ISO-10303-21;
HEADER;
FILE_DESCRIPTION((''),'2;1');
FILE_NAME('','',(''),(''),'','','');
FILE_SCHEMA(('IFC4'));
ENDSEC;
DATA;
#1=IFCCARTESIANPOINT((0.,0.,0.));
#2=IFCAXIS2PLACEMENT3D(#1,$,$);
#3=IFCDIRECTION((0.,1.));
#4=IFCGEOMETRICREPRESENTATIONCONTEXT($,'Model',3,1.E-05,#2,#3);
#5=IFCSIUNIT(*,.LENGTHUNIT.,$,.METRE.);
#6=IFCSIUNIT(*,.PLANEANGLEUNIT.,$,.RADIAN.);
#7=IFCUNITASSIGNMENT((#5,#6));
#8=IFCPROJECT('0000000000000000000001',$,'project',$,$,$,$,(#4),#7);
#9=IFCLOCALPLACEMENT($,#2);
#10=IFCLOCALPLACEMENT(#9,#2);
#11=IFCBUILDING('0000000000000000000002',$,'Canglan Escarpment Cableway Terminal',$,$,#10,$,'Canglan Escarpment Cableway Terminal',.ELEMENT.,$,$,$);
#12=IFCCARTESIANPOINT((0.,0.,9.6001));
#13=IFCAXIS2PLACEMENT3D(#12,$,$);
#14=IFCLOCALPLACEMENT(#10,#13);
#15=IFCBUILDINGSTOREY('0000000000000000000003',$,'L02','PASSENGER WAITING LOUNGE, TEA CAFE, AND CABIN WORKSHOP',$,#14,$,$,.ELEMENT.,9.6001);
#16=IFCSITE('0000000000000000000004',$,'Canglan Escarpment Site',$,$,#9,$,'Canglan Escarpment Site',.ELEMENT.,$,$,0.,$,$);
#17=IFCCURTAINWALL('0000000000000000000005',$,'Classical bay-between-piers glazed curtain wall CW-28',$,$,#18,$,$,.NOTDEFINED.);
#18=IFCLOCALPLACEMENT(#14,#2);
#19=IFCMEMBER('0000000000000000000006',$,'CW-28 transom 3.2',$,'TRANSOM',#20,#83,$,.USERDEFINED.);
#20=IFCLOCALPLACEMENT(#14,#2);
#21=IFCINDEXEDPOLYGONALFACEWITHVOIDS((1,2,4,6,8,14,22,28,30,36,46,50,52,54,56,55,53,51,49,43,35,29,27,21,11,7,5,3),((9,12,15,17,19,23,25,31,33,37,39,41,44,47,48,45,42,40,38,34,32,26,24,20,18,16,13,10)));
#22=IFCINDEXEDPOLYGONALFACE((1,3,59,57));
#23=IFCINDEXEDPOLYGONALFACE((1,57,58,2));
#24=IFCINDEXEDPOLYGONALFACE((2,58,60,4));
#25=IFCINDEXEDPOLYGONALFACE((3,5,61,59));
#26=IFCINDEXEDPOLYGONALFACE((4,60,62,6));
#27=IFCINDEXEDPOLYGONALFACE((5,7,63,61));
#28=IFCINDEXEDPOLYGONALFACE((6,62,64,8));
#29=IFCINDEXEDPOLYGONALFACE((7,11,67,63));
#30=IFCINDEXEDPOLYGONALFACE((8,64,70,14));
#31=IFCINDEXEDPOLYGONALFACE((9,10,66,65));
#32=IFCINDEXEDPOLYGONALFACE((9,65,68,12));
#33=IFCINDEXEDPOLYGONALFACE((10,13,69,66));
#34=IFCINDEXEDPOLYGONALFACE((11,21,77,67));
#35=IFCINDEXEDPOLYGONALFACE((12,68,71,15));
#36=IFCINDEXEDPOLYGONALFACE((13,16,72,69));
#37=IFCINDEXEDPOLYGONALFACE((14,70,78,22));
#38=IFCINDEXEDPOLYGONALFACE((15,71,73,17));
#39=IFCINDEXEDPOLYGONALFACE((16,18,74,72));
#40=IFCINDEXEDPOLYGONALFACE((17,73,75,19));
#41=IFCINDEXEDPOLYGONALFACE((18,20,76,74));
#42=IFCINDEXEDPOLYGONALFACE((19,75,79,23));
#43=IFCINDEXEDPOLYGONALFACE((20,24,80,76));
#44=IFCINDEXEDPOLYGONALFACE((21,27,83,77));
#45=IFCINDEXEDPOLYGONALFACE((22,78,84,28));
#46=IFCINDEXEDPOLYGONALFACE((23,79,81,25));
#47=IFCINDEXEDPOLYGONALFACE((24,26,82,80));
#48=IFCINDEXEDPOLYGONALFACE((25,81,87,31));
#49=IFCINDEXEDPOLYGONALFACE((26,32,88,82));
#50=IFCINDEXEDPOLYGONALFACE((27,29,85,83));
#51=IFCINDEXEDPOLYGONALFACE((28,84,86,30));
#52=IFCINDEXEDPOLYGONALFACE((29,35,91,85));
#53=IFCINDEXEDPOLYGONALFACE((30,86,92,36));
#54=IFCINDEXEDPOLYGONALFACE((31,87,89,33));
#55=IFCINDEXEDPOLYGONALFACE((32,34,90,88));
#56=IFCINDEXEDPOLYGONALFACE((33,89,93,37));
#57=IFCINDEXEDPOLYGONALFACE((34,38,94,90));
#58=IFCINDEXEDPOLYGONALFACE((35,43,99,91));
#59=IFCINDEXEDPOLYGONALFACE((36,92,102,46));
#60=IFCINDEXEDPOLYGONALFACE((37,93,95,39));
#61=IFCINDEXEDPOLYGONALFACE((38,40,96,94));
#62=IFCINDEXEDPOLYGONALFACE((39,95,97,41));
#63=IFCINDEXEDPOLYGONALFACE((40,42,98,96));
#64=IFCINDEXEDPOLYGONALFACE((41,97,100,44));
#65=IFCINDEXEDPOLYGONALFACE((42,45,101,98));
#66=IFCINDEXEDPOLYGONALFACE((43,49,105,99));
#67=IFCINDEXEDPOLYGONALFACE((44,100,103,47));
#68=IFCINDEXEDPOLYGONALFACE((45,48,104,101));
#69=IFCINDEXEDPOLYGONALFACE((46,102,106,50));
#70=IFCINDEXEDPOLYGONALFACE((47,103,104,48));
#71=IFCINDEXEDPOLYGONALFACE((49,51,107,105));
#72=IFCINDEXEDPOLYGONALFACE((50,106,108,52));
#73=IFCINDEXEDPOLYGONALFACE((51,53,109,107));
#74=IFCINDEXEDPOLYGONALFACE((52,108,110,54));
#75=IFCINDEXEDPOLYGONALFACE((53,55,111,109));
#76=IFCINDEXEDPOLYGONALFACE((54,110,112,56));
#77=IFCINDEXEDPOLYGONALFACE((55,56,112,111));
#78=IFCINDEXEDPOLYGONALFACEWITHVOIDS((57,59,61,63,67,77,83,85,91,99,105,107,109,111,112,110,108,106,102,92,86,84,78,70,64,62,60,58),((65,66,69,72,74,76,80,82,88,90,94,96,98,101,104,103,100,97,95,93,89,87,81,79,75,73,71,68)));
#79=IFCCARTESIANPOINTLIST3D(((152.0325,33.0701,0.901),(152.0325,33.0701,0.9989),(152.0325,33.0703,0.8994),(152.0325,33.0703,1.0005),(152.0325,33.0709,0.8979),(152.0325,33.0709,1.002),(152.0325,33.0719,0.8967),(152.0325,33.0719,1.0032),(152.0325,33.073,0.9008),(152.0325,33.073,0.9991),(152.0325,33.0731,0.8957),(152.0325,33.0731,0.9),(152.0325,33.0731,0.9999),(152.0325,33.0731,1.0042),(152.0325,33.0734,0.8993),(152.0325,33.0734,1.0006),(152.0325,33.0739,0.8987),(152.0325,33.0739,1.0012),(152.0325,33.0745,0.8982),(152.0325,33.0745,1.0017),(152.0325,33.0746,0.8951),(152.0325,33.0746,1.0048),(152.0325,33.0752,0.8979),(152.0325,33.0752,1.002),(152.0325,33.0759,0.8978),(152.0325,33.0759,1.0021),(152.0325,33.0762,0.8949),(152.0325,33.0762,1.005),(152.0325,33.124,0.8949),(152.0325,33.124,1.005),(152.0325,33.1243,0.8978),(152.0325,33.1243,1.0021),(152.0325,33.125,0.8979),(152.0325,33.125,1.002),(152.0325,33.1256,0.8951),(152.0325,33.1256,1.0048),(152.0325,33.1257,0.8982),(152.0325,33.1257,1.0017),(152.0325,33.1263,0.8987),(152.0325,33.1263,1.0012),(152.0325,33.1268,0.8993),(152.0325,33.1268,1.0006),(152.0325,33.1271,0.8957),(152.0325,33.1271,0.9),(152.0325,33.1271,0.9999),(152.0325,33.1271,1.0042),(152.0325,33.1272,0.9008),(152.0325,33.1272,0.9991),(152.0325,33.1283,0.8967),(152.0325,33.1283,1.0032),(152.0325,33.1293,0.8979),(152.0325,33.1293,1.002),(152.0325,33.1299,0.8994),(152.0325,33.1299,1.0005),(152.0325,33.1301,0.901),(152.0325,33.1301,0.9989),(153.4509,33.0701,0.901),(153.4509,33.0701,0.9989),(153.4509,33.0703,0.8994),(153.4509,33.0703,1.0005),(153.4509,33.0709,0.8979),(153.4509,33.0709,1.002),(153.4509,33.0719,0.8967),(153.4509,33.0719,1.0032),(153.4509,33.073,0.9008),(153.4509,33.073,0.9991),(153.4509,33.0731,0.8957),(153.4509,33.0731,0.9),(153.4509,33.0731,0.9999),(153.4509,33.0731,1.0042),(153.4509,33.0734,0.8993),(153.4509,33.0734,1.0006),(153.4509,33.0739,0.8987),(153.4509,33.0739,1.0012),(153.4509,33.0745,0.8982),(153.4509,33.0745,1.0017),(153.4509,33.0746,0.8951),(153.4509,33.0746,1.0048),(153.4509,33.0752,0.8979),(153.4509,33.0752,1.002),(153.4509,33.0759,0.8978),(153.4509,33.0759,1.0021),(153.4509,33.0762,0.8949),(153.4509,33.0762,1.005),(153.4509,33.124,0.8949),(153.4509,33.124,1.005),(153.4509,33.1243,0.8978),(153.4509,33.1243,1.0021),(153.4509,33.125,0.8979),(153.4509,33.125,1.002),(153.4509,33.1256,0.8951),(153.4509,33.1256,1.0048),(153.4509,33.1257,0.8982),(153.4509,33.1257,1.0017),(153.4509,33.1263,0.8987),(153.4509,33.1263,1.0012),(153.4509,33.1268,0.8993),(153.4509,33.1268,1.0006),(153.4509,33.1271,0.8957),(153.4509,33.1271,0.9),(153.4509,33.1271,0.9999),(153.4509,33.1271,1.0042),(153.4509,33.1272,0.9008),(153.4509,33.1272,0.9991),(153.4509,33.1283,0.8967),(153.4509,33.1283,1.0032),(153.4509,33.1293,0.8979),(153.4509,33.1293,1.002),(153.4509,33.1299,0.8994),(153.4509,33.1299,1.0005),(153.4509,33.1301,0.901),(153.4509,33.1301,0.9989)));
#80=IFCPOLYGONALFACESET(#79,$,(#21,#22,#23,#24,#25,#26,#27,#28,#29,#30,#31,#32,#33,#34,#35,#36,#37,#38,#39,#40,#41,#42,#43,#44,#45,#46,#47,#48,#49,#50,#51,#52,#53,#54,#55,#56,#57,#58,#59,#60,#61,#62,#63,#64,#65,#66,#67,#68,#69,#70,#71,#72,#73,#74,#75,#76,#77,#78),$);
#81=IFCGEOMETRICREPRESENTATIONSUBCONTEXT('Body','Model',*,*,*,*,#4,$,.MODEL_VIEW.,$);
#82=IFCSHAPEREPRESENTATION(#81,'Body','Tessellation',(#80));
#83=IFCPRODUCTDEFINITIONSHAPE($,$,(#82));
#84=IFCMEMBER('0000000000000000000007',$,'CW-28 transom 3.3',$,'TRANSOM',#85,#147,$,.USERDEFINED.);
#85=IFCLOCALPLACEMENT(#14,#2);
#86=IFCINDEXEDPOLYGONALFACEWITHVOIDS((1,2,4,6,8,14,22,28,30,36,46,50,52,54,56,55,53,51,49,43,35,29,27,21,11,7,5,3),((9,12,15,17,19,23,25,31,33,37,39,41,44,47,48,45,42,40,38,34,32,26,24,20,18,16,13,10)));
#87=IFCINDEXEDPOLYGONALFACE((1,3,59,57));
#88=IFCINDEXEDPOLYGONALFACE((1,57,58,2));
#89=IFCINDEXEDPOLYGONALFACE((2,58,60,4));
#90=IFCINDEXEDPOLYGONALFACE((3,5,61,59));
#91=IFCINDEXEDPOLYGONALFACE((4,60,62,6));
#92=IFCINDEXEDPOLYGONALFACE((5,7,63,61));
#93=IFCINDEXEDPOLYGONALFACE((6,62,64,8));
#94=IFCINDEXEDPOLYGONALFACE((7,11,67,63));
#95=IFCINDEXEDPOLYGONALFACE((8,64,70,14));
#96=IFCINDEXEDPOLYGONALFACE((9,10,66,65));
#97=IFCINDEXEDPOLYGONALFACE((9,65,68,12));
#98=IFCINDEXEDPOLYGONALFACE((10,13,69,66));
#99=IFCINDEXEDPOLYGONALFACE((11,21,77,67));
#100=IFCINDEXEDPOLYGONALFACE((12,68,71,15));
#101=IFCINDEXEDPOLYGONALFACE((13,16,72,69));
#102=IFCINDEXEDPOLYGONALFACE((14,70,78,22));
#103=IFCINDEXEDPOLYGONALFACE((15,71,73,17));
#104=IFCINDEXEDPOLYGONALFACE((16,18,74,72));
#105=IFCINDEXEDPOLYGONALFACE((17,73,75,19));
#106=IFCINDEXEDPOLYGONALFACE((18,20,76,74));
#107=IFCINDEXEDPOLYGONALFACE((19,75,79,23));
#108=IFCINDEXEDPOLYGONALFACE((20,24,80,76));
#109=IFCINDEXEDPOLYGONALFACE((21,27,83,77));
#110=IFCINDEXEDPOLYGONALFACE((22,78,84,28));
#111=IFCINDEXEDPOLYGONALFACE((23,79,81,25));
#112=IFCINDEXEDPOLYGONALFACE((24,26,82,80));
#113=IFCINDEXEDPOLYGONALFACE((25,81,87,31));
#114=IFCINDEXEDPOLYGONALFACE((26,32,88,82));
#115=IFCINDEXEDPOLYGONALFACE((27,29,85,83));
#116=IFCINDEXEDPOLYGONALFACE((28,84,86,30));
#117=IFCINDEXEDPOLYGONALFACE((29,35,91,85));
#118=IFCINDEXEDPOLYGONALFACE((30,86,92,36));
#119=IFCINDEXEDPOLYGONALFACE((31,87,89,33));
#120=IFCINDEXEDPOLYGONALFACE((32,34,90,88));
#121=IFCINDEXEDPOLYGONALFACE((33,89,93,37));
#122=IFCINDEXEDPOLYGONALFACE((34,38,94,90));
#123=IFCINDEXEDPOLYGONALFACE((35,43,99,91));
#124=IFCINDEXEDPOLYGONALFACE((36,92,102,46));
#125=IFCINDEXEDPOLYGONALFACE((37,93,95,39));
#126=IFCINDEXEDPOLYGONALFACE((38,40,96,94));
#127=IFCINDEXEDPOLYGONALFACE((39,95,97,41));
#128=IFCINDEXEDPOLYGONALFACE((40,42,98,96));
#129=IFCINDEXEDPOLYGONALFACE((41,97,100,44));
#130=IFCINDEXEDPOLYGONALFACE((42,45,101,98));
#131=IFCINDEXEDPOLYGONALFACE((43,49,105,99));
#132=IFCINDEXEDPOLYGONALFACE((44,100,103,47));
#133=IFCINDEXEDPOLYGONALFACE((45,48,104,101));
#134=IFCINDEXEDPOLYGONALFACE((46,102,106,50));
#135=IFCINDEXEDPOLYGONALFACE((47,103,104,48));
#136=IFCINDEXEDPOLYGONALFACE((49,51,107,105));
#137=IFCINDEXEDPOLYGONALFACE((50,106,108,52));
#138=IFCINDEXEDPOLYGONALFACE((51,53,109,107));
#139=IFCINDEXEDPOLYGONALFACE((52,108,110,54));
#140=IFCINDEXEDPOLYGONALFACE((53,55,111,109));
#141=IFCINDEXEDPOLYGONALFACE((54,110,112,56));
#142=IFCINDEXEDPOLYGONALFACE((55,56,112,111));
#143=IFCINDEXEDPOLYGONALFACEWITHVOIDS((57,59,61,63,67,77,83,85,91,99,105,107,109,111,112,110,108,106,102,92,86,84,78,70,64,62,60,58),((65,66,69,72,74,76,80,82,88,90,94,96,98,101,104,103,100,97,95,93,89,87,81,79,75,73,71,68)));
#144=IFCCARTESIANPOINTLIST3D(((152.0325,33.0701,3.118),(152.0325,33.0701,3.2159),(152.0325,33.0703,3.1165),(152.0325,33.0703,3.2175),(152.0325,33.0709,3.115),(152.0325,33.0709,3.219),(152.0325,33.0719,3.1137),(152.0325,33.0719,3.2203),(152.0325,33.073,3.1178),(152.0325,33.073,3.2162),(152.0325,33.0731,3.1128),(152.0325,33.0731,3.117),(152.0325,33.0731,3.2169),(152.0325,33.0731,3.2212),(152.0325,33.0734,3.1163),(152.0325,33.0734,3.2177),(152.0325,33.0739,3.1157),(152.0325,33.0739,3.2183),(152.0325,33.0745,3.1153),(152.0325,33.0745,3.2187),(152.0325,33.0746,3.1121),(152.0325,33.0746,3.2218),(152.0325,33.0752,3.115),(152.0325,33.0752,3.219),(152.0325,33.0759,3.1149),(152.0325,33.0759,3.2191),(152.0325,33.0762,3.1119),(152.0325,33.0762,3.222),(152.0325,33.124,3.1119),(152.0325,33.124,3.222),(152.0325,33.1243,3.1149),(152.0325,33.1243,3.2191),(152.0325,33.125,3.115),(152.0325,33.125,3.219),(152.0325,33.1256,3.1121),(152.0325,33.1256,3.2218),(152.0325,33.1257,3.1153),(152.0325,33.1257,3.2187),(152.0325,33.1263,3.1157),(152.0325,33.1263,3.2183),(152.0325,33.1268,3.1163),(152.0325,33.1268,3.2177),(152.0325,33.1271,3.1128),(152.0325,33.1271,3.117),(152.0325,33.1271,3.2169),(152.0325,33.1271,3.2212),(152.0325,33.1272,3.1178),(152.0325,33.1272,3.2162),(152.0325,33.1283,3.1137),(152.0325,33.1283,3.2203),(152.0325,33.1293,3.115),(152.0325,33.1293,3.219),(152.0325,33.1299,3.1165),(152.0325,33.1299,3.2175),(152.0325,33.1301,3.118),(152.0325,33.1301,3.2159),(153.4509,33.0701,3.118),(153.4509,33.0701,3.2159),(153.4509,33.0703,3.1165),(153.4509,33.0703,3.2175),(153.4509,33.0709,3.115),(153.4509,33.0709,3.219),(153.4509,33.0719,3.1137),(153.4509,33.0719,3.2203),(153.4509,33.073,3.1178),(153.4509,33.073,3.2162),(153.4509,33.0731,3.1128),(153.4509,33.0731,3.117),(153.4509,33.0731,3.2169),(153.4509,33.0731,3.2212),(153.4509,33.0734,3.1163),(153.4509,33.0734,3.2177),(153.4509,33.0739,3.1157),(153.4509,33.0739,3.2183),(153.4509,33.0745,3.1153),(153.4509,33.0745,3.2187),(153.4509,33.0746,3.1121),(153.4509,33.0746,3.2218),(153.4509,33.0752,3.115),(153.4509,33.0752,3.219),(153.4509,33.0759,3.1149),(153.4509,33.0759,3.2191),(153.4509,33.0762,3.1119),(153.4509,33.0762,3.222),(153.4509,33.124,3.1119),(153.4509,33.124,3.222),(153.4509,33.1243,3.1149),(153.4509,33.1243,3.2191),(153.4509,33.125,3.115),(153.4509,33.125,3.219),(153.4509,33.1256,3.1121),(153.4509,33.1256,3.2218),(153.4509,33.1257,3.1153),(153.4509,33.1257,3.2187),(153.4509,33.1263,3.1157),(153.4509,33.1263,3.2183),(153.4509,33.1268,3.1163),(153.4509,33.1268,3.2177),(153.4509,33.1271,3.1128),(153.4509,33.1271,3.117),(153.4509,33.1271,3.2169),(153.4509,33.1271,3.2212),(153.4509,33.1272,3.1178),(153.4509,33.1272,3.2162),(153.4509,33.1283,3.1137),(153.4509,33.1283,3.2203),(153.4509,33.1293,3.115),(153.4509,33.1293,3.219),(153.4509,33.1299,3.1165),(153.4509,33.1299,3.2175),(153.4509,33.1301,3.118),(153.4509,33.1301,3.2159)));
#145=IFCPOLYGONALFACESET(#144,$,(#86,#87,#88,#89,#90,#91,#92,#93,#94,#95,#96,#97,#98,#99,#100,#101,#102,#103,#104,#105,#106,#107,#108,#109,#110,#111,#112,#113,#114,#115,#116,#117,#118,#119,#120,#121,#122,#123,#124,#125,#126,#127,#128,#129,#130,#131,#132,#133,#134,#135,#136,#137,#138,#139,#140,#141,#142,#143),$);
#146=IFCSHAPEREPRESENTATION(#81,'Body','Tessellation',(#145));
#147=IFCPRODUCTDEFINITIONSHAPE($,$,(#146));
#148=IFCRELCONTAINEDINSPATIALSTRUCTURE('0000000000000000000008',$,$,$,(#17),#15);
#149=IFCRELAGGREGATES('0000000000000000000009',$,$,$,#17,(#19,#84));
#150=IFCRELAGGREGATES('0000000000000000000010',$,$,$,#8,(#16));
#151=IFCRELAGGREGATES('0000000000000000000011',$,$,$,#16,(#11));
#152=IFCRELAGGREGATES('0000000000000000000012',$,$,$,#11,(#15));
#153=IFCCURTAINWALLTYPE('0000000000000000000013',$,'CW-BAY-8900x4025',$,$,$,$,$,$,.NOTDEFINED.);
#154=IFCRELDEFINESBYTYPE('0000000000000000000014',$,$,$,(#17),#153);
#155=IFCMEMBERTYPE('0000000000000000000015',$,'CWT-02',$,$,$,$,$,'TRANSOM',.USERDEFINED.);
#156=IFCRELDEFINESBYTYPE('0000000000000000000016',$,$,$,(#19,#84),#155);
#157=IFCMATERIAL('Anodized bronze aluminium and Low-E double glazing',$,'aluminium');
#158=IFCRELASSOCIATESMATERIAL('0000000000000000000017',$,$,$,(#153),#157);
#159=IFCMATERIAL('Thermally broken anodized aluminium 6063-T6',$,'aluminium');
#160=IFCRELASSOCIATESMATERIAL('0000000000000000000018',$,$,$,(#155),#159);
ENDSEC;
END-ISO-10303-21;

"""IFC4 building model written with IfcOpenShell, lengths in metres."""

from ifc_helpers import new_model, si_unit, direction, frame, origin, origin_2d, place, context, subcontext, project, spatial, hollow_rectangle, extrude, material, material_profile, profile_set, type_object, element, aggregate, save


model = new_model("IFC4")

# Units and contexts
model_context = context("Model", 3, precision=1e-05, world=origin(), true_north=direction((0.0, 1.0)))
body_context = subcontext(model_context, "Body", "Model", "MODEL_VIEW")
ifc_project = project(units=[si_unit("LENGTHUNIT", "METRE"), si_unit("PLANEANGLEUNIT", "RADIAN")], contexts=[model_context])

# Site, building, storey
site_placement = place(None, origin())
site = spatial("IfcSite", under=ifc_project, at=site_placement, Name="Canglan Escarpment Site", LongName="Canglan Escarpment Site", CompositionType="ELEMENT", RefElevation=0.0)
building_placement = place(site_placement, origin())
building = spatial("IfcBuilding", under=site, at=building_placement, Name="Canglan Escarpment Cableway Terminal", LongName="Canglan Escarpment Cableway Terminal", CompositionType="ELEMENT")
storey_placement = place(building_placement, frame((0.0, 0.0, 9.6001)))
storey = spatial("IfcBuildingStorey", under=building, at=storey_placement, Name="L02", Description="PASSENGER WAITING LOUNGE, TEA CAFE, AND CABIN WORKSHOP", CompositionType="ELEMENT", Elevation=9.6001)

# Curtain wall
ifc_material_1 = material(Name="Anodized bronze aluminium and Low-E double glazing", Category="aluminium")
curtain_wall_type = type_object("IfcCurtainWallType", Name="CW-BAY-8900x4025", PredefinedType="NOTDEFINED", material=ifc_material_1)
curtain_wall_1_placement = place(storey_placement, origin())
curtain_wall_1 = element("IfcCurtainWall", 1, at=curtain_wall_1_placement, inside=storey, type_object=curtain_wall_type, Name="Classical bay-between-piers glazed curtain wall CW-28", PredefinedType="NOTDEFINED")
ifc_material_2 = material(Name="Thermally broken anodized aluminium 6063-T6", Category="aluminium")

# Members
ifc_material_profile_1 = material_profile(ifc_material_2, hollow_rectangle(XDim=0.0601, YDim=0.1101, WallThickness=0.0029, InnerFilletRadius=0.0029, OuterFilletRadius=0.0061, at=origin_2d()), Name="ALU-TRAN 60x110x3")
ifc_profile_set_1 = profile_set([ifc_material_profile_1], Name="Thermally broken anodized aluminium 6063-T6")
member_type_1 = type_object("IfcMemberType", Name="CWT-02", ElementType="TRANSOM", PredefinedType="USERDEFINED", material=ifc_profile_set_1)
member_1_placement = place(storey_placement, frame((153.4509, 33.1001, 0.95), z_axis=(-1.0, 0.0, 0.0), x_axis=(0.0, -1.0, 0.0)))
member_1 = element("IfcMember", 2, at=member_1_placement, type_object=member_type_1, Name="CW-28 transom 3.2", ObjectType="TRANSOM", PredefinedType="USERDEFINED", context=body_context, shape_type="SweptSolid", body=[
    extrude(hollow_rectangle(XDim=0.0601, YDim=0.1101, WallThickness=0.0029, InnerFilletRadius=0.0029, OuterFilletRadius=0.0061, at=origin_2d()), origin(), (0.0, 0.0, 1.0), 1.4185),
])
member_2_placement = place(storey_placement, frame((153.4509, 33.1001, 3.167), z_axis=(-1.0, 0.0, 0.0), x_axis=(0.0, -1.0, 0.0)))
member_2 = element("IfcMember", 3, at=member_2_placement, type_object=member_type_1, Name="CW-28 transom 3.3", ObjectType="TRANSOM", PredefinedType="USERDEFINED", context=body_context, shape_type="SweptSolid", body=[
    extrude(hollow_rectangle(XDim=0.0601, YDim=0.1101, WallThickness=0.0029, InnerFilletRadius=0.0029, OuterFilletRadius=0.0061, at=origin_2d()), origin(), (0.0, 0.0, 1.0), 1.4185),
])

aggregate(curtain_wall_1, [member_1, member_2])

save(model, "model.ifc")
